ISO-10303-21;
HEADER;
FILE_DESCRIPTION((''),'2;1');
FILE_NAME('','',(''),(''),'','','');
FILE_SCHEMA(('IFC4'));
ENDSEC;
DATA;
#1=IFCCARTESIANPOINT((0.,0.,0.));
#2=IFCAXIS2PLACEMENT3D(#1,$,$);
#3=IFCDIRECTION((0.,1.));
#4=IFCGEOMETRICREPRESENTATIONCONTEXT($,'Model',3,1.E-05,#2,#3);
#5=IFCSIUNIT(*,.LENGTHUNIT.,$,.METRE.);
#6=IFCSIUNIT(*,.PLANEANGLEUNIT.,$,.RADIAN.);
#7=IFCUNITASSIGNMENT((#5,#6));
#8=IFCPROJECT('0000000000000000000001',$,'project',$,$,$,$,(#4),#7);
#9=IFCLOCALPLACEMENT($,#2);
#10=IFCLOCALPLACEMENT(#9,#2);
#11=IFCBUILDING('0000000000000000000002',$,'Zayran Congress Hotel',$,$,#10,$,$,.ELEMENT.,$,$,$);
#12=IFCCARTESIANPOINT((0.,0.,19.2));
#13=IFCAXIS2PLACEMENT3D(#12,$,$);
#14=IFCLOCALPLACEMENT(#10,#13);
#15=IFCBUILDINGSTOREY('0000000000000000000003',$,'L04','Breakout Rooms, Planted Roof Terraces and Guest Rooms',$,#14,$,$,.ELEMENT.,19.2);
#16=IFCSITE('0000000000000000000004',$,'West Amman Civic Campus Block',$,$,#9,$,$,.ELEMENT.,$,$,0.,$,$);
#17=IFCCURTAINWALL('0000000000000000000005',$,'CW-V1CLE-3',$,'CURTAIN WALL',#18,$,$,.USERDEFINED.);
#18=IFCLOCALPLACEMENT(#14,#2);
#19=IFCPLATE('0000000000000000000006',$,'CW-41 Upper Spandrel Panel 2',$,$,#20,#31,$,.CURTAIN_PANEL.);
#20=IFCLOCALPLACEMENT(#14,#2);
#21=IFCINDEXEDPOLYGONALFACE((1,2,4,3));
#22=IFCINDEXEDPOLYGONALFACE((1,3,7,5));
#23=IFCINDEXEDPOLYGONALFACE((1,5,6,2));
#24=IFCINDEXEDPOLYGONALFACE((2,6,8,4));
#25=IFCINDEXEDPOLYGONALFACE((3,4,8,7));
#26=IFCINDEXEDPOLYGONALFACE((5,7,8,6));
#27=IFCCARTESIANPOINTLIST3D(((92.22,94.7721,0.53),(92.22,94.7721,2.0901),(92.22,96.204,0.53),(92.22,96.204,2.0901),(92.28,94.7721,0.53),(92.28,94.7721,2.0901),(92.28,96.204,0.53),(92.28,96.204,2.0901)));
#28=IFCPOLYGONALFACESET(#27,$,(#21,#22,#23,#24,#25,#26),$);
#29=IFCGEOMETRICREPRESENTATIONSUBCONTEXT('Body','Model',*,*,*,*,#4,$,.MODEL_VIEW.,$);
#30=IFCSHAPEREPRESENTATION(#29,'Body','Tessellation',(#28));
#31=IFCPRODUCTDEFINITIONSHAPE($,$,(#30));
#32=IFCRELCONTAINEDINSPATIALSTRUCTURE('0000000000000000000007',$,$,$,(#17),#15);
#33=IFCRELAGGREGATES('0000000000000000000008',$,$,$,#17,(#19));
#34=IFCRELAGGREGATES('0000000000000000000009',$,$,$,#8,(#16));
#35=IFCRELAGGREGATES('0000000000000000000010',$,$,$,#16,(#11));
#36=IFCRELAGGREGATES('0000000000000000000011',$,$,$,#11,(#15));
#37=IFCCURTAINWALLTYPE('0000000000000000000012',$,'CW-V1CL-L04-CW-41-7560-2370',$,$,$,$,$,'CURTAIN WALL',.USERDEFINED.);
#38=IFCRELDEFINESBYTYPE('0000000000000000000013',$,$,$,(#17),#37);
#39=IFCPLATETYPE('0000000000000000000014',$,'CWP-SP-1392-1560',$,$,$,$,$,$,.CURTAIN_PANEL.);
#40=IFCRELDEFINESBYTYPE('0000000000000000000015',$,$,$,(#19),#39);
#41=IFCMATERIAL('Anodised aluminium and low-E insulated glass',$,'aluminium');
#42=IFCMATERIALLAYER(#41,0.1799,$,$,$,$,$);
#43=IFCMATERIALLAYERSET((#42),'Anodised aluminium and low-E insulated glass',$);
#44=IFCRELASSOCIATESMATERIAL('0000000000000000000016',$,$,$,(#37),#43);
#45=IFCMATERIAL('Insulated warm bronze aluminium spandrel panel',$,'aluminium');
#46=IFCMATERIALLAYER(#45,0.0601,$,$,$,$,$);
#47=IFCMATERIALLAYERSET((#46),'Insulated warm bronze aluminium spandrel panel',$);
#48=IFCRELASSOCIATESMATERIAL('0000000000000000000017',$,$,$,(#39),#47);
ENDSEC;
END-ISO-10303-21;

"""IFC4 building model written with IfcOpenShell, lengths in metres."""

from ifc_helpers import new_model, si_unit, direction, frame, origin, origin_2d, place, context, subcontext, project, spatial, rectangle, extrude, material, layer, layer_set, type_object, element, aggregate, save


model = new_model("IFC4")

# Units and contexts
model_context = context("Model", 3, precision=1e-05, world=origin(), true_north=direction((0.0, 1.0)))
body_context = subcontext(model_context, "Body", "Model", "MODEL_VIEW")
ifc_project = project(units=[si_unit("LENGTHUNIT", "METRE"), si_unit("PLANEANGLEUNIT", "RADIAN")], contexts=[model_context])

# Site, building, storey
site_placement = place(None, origin())
site = spatial("IfcSite", under=ifc_project, at=site_placement, Name="West Amman Civic Campus Block", CompositionType="ELEMENT", RefElevation=0.0)
building_placement = place(site_placement, origin())
building = spatial("IfcBuilding", under=site, at=building_placement, Name="Zayran Congress Hotel", CompositionType="ELEMENT")
storey_placement = place(building_placement, frame((0.0, 0.0, 19.2)))
storey = spatial("IfcBuildingStorey", under=building, at=storey_placement, Name="L04", Description="Breakout Rooms, Planted Roof Terraces and Guest Rooms", CompositionType="ELEMENT", Elevation=19.2)

# Curtain wall
ifc_material_1 = material(Name="Anodised aluminium and low-E insulated glass", Category="aluminium")
ifc_layer_1 = layer(ifc_material_1, 0.1799)
ifc_layer_set_1 = layer_set([ifc_layer_1], Name="Anodised aluminium and low-E insulated glass")
curtain_wall_type = type_object("IfcCurtainWallType", Name="CW-V1CL-L04-CW-41-7560-2370", ElementType="CURTAIN WALL", PredefinedType="USERDEFINED", material=ifc_layer_set_1)
curtain_wall_1_placement = place(storey_placement, origin())
curtain_wall_1 = element("IfcCurtainWall", 1, at=curtain_wall_1_placement, inside=storey, type_object=curtain_wall_type, Name="CW-V1CLE-3", ObjectType="CURTAIN WALL", PredefinedType="USERDEFINED")

# Plate
ifc_material_2 = material(Name="Insulated warm bronze aluminium spandrel panel", Category="aluminium")
ifc_layer_2 = layer(ifc_material_2, 0.0601)
ifc_layer_set_2 = layer_set([ifc_layer_2], Name="Insulated warm bronze aluminium spandrel panel")
plate_type_1 = type_object("IfcPlateType", Name="CWP-SP-1392-1560", PredefinedType="CURTAIN_PANEL", material=ifc_layer_set_2)
plate_1_placement = place(storey_placement, frame((92.25, 95.488, 0.53), z_axis=(0.0, 0.0, 1.0), x_axis=(0.0, 1.0, 0.0)))
plate_1 = element("IfcPlate", 2, at=plate_1_placement, type_object=plate_type_1, Name="CW-41 Upper Spandrel Panel 2", PredefinedType="CURTAIN_PANEL", context=body_context, shape_type="SweptSolid", body=[
    extrude(rectangle(XDim=1.4319, YDim=0.0601, at=origin_2d()), origin(), (0.0, 0.0, 1.0), 1.5601),
])
aggregate(curtain_wall_1, [plate_1])

save(model, "model.ifc")
